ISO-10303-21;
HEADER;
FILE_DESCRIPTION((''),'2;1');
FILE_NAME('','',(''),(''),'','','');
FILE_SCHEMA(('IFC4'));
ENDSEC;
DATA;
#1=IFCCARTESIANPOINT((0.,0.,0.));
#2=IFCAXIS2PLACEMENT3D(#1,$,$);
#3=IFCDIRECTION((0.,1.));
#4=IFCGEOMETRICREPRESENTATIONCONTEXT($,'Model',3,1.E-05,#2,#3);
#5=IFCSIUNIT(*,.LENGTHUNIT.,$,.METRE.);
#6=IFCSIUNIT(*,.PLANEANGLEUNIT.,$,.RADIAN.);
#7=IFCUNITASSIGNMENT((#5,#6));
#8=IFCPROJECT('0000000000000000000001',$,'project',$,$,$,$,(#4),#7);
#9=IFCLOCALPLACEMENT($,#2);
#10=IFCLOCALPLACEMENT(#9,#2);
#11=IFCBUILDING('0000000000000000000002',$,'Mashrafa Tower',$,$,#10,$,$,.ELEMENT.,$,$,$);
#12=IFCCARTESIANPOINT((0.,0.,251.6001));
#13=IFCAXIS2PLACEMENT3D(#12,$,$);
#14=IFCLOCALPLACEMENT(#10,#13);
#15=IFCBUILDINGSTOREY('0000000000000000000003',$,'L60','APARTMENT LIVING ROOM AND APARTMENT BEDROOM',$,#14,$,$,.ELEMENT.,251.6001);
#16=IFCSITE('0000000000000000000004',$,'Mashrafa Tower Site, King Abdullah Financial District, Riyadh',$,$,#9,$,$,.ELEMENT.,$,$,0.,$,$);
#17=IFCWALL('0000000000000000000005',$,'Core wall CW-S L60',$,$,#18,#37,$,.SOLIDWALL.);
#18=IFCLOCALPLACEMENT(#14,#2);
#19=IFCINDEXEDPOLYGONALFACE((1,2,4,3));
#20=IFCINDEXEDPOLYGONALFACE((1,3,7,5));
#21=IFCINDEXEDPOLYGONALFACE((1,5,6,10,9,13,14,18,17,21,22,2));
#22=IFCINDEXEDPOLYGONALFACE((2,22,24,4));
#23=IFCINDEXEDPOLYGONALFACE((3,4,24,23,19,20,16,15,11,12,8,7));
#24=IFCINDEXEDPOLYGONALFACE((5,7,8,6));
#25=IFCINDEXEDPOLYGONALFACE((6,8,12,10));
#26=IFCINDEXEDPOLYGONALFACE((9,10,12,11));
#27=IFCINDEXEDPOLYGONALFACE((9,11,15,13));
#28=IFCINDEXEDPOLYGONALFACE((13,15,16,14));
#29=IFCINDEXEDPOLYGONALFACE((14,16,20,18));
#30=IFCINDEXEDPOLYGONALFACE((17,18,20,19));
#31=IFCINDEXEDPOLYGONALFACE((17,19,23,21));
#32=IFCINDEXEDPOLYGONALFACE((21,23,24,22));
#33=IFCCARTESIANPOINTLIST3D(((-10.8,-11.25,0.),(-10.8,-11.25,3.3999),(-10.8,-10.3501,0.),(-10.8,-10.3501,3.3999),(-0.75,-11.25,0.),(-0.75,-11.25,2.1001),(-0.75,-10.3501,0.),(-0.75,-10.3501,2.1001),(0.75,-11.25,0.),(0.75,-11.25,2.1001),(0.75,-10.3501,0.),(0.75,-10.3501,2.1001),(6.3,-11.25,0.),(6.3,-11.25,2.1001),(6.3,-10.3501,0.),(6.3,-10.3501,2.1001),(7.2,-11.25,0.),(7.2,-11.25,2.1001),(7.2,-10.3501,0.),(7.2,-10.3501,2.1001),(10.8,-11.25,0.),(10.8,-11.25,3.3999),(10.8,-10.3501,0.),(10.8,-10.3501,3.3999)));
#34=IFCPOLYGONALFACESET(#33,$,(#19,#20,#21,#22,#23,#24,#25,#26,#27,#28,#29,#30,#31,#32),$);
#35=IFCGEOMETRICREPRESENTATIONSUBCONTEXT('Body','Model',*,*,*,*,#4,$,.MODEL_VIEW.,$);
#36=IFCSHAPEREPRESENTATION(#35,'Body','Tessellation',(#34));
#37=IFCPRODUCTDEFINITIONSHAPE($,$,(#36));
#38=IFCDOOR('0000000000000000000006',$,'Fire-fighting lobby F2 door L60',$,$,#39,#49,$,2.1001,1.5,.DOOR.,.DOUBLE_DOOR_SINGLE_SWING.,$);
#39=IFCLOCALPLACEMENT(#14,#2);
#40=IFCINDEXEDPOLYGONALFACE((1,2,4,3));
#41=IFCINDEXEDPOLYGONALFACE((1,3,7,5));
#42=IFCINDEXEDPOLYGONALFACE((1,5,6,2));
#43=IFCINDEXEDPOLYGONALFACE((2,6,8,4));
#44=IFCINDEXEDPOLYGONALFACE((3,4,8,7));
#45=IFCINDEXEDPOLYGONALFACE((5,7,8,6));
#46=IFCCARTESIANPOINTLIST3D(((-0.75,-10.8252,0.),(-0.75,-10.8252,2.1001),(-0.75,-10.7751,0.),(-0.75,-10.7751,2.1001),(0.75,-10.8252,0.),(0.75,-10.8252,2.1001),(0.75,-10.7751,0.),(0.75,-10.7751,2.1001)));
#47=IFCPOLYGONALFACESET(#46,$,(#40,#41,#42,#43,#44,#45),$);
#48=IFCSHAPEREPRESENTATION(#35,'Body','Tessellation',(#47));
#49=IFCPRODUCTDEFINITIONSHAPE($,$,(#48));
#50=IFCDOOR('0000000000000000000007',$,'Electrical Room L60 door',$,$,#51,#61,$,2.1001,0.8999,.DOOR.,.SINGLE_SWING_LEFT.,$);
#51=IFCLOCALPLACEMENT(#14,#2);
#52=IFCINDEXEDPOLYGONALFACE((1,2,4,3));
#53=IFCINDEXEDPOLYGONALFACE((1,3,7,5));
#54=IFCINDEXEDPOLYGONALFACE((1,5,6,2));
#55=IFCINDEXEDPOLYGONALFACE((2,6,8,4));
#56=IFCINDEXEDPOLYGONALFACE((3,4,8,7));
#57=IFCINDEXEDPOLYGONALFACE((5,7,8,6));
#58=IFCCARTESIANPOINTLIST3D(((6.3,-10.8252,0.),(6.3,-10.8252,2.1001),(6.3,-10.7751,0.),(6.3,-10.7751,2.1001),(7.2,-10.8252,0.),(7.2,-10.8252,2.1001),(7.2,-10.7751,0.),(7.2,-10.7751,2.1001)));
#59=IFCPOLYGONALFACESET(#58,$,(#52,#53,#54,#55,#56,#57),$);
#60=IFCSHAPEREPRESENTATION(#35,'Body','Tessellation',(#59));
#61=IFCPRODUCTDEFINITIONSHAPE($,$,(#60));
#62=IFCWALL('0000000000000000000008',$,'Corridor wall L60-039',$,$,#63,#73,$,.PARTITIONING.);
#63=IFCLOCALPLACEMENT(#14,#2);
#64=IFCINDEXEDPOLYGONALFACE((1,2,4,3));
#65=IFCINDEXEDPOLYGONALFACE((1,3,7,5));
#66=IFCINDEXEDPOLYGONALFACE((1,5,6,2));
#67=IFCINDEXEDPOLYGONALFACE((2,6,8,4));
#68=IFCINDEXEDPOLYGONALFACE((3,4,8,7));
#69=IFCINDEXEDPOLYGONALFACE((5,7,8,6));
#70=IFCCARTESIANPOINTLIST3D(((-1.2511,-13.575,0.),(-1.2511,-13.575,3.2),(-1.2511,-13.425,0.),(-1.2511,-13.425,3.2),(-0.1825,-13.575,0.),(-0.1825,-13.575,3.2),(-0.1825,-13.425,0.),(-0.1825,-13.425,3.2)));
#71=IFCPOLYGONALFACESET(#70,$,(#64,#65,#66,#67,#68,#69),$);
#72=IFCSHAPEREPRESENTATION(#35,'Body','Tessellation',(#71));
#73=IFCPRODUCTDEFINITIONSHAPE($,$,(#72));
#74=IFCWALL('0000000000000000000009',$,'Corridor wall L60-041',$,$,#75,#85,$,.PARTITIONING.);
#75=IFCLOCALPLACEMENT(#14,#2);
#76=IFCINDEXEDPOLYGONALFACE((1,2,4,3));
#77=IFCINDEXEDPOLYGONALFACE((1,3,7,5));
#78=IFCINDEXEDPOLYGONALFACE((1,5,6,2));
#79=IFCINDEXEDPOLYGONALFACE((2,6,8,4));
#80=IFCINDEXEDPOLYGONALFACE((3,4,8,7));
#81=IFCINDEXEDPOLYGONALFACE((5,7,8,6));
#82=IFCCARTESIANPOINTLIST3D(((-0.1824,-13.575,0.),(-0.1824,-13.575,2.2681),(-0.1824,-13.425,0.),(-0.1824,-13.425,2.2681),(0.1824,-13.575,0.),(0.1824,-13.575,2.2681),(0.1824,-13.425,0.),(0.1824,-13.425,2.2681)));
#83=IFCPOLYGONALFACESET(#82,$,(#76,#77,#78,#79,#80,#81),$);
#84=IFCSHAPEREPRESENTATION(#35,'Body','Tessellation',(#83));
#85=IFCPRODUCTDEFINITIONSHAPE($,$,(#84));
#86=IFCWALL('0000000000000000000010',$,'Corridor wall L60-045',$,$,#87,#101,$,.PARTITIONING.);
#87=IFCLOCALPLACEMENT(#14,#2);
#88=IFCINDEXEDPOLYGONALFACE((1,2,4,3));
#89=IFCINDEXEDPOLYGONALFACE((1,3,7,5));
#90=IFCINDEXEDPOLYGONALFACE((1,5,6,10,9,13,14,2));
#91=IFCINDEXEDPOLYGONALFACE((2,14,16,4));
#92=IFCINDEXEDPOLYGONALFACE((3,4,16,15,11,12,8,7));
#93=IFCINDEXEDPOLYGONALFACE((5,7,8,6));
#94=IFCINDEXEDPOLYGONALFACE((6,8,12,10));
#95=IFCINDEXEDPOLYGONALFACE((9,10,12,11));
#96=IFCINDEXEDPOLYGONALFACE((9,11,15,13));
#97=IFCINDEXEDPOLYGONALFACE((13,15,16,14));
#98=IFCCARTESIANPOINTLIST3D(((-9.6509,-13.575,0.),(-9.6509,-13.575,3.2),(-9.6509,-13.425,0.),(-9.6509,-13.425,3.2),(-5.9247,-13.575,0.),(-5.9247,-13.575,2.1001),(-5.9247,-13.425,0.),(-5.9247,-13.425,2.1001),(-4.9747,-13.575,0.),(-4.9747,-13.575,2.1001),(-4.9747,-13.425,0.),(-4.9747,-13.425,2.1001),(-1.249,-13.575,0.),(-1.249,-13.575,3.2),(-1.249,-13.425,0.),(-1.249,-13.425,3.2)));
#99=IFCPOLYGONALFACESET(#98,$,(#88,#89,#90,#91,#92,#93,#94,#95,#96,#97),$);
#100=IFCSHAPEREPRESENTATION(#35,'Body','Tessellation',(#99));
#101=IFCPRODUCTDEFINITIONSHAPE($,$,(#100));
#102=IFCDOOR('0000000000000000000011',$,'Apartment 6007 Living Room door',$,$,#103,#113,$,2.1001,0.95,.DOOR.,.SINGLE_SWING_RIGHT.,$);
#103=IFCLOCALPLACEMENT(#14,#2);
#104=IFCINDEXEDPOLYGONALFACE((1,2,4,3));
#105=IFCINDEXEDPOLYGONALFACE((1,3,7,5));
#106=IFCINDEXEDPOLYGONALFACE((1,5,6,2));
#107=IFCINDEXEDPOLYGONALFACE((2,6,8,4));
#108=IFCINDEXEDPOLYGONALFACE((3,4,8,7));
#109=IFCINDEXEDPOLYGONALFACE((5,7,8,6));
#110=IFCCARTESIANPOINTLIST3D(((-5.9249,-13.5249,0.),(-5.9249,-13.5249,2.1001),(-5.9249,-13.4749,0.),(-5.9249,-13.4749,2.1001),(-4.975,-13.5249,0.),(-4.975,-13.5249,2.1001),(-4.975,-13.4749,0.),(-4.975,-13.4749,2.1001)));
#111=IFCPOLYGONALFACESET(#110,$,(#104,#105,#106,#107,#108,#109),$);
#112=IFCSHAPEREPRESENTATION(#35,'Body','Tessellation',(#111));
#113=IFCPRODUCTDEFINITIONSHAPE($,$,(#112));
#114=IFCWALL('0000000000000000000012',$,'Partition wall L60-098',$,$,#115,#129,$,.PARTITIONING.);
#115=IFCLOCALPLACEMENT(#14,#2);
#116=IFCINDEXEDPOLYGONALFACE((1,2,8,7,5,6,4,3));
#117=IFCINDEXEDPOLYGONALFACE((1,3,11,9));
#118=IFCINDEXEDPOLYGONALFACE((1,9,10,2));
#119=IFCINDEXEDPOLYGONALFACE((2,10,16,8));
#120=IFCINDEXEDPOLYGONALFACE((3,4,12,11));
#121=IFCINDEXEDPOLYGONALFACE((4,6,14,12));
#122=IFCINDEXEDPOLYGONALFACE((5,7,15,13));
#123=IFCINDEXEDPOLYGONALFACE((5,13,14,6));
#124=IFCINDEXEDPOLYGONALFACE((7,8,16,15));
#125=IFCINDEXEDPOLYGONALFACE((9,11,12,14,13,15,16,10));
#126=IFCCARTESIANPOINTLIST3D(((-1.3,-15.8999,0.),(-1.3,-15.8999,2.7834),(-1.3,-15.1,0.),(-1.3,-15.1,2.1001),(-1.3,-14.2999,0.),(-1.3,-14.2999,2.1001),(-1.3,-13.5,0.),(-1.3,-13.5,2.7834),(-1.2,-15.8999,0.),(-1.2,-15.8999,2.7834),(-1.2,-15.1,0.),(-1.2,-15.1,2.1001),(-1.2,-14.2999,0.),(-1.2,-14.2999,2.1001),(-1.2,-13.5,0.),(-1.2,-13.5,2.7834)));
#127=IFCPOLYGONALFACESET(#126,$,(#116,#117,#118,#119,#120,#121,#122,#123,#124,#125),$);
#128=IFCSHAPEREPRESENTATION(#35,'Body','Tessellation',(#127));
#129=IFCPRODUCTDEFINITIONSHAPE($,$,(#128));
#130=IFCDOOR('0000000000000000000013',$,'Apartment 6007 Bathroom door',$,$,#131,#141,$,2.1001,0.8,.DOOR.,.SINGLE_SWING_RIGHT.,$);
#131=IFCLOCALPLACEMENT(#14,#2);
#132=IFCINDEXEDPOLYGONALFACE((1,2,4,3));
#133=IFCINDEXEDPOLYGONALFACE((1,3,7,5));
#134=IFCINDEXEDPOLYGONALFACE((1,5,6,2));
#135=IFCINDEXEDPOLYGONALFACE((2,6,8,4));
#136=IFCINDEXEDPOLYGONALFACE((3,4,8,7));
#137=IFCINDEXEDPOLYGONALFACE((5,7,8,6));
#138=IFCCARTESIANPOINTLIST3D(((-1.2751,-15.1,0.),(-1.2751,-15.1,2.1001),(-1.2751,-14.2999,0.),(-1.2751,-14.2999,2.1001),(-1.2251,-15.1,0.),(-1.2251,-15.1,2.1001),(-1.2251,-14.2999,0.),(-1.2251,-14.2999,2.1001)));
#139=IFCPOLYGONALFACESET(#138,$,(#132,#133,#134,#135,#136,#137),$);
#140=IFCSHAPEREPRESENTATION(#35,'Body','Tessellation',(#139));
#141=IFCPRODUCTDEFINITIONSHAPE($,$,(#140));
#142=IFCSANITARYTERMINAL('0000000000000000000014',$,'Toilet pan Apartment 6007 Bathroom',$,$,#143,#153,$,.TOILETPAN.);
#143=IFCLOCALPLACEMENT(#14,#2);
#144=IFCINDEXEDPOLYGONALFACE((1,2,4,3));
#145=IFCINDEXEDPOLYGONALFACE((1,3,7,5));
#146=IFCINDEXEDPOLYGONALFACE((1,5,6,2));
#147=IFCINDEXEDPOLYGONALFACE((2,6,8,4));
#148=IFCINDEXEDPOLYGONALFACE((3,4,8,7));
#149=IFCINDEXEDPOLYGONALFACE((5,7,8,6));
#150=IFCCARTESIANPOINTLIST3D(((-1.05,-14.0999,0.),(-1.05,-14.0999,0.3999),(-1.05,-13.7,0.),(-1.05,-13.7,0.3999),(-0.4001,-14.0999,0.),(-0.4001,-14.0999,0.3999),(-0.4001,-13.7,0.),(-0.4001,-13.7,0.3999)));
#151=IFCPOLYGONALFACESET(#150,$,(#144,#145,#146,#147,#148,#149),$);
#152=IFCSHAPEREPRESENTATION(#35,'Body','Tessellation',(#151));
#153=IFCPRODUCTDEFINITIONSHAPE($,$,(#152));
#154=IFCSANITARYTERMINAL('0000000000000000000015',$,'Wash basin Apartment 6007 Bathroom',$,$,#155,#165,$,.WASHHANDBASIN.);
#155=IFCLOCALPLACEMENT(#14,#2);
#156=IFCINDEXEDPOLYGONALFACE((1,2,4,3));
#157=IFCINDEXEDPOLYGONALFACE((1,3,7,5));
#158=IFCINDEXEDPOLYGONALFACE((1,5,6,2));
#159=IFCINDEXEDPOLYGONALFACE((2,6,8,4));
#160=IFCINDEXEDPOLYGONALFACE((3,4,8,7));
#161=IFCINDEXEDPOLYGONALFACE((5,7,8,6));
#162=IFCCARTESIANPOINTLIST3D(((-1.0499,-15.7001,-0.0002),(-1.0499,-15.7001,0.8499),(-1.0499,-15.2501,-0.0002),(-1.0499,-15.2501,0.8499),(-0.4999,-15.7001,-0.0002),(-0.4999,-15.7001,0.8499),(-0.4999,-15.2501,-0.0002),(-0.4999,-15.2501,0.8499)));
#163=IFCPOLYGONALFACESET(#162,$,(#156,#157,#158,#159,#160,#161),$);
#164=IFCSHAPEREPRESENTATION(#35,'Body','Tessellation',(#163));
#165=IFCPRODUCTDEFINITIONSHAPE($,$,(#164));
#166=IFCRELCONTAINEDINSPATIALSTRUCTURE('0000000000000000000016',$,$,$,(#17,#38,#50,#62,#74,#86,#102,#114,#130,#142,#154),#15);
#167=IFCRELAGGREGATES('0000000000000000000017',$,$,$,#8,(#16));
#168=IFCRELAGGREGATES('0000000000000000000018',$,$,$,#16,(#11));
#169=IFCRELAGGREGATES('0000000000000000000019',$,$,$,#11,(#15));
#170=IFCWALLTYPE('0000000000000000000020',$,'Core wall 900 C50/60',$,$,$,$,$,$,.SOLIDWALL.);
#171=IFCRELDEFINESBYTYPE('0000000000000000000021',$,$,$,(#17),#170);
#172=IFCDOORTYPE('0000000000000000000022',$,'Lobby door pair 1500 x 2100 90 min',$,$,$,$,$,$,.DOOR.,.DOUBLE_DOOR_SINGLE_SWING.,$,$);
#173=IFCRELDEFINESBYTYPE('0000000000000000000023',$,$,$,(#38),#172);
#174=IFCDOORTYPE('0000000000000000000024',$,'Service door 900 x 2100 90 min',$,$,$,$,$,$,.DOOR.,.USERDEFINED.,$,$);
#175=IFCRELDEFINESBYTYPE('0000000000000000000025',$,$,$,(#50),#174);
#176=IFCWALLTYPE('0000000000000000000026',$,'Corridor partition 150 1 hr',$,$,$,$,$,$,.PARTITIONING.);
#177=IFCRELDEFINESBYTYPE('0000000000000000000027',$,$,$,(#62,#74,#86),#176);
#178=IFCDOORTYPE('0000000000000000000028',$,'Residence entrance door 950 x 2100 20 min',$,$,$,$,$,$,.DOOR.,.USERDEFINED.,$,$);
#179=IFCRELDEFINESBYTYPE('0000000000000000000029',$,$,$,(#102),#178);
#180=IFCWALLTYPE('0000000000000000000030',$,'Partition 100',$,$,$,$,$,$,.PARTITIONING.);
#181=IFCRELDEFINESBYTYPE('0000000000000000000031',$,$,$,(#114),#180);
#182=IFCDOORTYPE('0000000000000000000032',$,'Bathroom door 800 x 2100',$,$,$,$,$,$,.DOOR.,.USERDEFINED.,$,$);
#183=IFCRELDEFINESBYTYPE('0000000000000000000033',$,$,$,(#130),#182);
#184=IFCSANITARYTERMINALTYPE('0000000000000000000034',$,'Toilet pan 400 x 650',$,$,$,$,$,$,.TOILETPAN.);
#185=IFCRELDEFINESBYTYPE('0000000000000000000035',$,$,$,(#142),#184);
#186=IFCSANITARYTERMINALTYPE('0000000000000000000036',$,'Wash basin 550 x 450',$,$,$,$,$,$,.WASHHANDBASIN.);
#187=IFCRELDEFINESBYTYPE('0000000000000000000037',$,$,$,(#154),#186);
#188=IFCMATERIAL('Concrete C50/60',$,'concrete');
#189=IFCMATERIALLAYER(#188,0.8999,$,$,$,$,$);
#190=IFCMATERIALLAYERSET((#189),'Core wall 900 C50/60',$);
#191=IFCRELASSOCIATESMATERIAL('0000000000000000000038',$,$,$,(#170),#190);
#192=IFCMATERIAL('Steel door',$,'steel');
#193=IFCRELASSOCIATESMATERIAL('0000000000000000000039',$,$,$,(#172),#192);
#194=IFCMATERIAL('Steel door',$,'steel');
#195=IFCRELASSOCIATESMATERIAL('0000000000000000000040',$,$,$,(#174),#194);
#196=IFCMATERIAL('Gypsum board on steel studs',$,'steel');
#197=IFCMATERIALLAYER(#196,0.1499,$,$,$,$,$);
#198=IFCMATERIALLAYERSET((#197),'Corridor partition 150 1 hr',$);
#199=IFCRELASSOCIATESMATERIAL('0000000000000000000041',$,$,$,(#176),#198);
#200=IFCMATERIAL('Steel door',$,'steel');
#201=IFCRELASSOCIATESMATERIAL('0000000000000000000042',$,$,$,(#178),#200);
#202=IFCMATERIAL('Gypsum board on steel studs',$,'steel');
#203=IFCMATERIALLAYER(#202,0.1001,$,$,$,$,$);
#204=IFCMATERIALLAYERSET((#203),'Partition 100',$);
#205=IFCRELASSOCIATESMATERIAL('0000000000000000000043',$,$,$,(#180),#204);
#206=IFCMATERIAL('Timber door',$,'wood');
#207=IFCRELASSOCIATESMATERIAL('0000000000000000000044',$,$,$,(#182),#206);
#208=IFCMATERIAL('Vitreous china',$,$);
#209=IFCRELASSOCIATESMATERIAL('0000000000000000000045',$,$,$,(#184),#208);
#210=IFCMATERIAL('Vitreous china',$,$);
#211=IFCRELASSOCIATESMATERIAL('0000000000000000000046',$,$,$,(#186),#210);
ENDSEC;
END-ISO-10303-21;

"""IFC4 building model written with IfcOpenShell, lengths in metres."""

from ifc_helpers import new_model, si_unit, direction, frame, frame_2d, origin, origin_2d, place, context, subcontext, project, spatial, rectangle, extrude, material, layer, layer_set, type_object, element, fill, save


model = new_model("IFC4")

# Units and contexts
model_context = context("Model", 3, precision=1e-05, world=origin(), true_north=direction((0.0, 1.0)))
body_context = subcontext(model_context, "Body", "Model", "MODEL_VIEW")
ifc_project = project(units=[si_unit("LENGTHUNIT", "METRE"), si_unit("PLANEANGLEUNIT", "RADIAN")], contexts=[model_context])

# Site, building, storey
site_placement = place(None, origin())
site = spatial("IfcSite", under=ifc_project, at=site_placement, Name="Mashrafa Tower Site, King Abdullah Financial District, Riyadh", CompositionType="ELEMENT", RefElevation=0.0)
building_placement = place(site_placement, origin())
building = spatial("IfcBuilding", under=site, at=building_placement, Name="Mashrafa Tower", CompositionType="ELEMENT")
storey_placement = place(building_placement, frame((0.0, 0.0, 251.6001)))
storey = spatial("IfcBuildingStorey", under=building, at=storey_placement, Name="L60", Description="APARTMENT LIVING ROOM AND APARTMENT BEDROOM", CompositionType="ELEMENT", Elevation=251.6001)

# Wall, openings, doors
ifc_material_1 = material(Name="Concrete C50/60", Category="concrete")
ifc_layer_1 = layer(ifc_material_1, 0.8999)
ifc_layer_set_1 = layer_set([ifc_layer_1], Name="Core wall 900 C50/60")
wall_type_1 = type_object("IfcWallType", Name="Core wall 900 C50/60", PredefinedType="SOLIDWALL", material=ifc_layer_set_1)
wall_1_placement = place(storey_placement, frame((-10.8, -10.8, 0.0), z_axis=(0.0, 0.0, 1.0), x_axis=(1.0, 0.0, 0.0)))
wall_1 = element("IfcWall", 1, at=wall_1_placement, inside=storey, type_object=wall_type_1, Name="Core wall CW-S L60", PredefinedType="SOLIDWALL", context=body_context, shape_type="SweptSolid", body=[
    extrude(rectangle(XDim=21.6001, YDim=0.8999, at=frame_2d((10.8, 0.0))), origin(), (0.0, 0.0, 1.0), 3.3999),
])
opening_1_placement = place(wall_1_placement, frame((10.05, 0.0, 0.0)))
opening_1 = element("IfcOpeningElement", 2, at=opening_1_placement, cuts=wall_1, PredefinedType="OPENING", context=body_context, shape_type="SweptSolid", body=[
    extrude(rectangle(XDim=1.5, YDim=2.1001, at=frame_2d((0.75, 1.05))), frame((0.0, 0.46, 0.0), z_axis=(0.0, -1.0, 0.0), x_axis=(1.0, 0.0, 0.0)), (0.0, 0.0, 1.0), 0.9199),
])
opening_2_placement = place(wall_1_placement, frame((17.1001, 0.0, 0.0)))
opening_2 = element("IfcOpeningElement", 3, at=opening_2_placement, cuts=wall_1, PredefinedType="OPENING", context=body_context, shape_type="SweptSolid", body=[
    extrude(rectangle(XDim=0.8999, YDim=2.1001, at=frame_2d((0.45, 1.05))), frame((0.0, 0.46, 0.0), z_axis=(0.0, -1.0, 0.0), x_axis=(1.0, 0.0, 0.0)), (0.0, 0.0, 1.0), 0.9199),
])
ifc_material_2 = material(Name="Steel door", Category="steel")
door_type_1 = type_object("IfcDoorType", Name="Lobby door pair 1500 x 2100 90 min", OperationType="DOUBLE_DOOR_SINGLE_SWING", PredefinedType="DOOR", material=ifc_material_2)
door_1_placement = place(opening_1_placement, origin())
door_1 = element("IfcDoor", 4, at=door_1_placement, inside=storey, type_object=door_type_1, Name="Fire-fighting lobby F2 door L60", OperationType="DOUBLE_DOOR_SINGLE_SWING", OverallHeight=2.1001, OverallWidth=1.5, PredefinedType="DOOR", context=body_context, shape_type="SweptSolid", body=[
    extrude(rectangle(XDim=1.5, YDim=2.1001, at=frame_2d((0.75, 1.05))), frame((0.0, 0.0249, 0.0), z_axis=(0.0, -1.0, 0.0), x_axis=(1.0, 0.0, 0.0)), (0.0, 0.0, 1.0), 0.05),
])
fill(opening_1, door_1)
ifc_material_3 = material(Name="Steel door", Category="steel")
door_type_2 = type_object("IfcDoorType", Name="Service door 900 x 2100 90 min", OperationType="USERDEFINED", PredefinedType="DOOR", material=ifc_material_3)
door_2_placement = place(opening_2_placement, origin())
door_2 = element("IfcDoor", 5, at=door_2_placement, inside=storey, type_object=door_type_2, Name="Electrical Room L60 door", OperationType="SINGLE_SWING_LEFT", OverallHeight=2.1001, OverallWidth=0.8999, PredefinedType="DOOR", context=body_context, shape_type="SweptSolid", body=[
    extrude(rectangle(XDim=0.8999, YDim=2.1001, at=frame_2d((0.45, 1.05))), frame((0.0, 0.0249, 0.0), z_axis=(0.0, -1.0, 0.0), x_axis=(1.0, 0.0, 0.0)), (0.0, 0.0, 1.0), 0.05),
])
fill(opening_2, door_2)

# Walls
ifc_material_4 = material(Name="Gypsum board on steel studs", Category="steel")
ifc_layer_2 = layer(ifc_material_4, 0.1499)
ifc_layer_set_2 = layer_set([ifc_layer_2], Name="Corridor partition 150 1 hr")
wall_type_2 = type_object("IfcWallType", Name="Corridor partition 150 1 hr", PredefinedType="PARTITIONING", material=ifc_layer_set_2)
wall_2_placement = place(storey_placement, frame((-1.251, -13.5, 0.0), z_axis=(0.0, 0.0, 1.0), x_axis=(1.0, 0.0, 0.0)))
element("IfcWall", 6, at=wall_2_placement, inside=storey, type_object=wall_type_2, Name="Corridor wall L60-039", PredefinedType="PARTITIONING", context=body_context, shape_type="SweptSolid", body=[
    extrude(rectangle(XDim=1.0686, YDim=0.1499, at=frame_2d((0.5342, 0.0))), origin(), (0.0, 0.0, 1.0), 3.2),
])
wall_3_placement = place(storey_placement, frame((-0.1824, -13.5, 0.0), z_axis=(0.0, 0.0, 1.0), x_axis=(1.0, 0.0, 0.0)))
element("IfcWall", 7, at=wall_3_placement, inside=storey, type_object=wall_type_2, Name="Corridor wall L60-041", PredefinedType="PARTITIONING", context=body_context, shape_type="SweptSolid", body=[
    extrude(rectangle(XDim=0.3647, YDim=0.1499, at=frame_2d((0.1824, 0.0))), origin(), (0.0, 0.0, 1.0), 2.2681),
])

# Walls, openings, doors
wall_4_placement = place(storey_placement, frame((-9.6509, -13.5, 0.0), z_axis=(0.0, 0.0, 1.0), x_axis=(1.0, 0.0, 0.0)))
wall_4 = element("IfcWall", 8, at=wall_4_placement, inside=storey, type_object=wall_type_2, Name="Corridor wall L60-045", PredefinedType="PARTITIONING", context=body_context, shape_type="SweptSolid", body=[
    extrude(rectangle(XDim=8.4019, YDim=0.1499, at=frame_2d((4.2009, 0.0))), origin(), (0.0, 0.0, 1.0), 3.2),
])
opening_3_placement = place(wall_4_placement, frame((3.7261, 0.0, 0.0)))
opening_3 = element("IfcOpeningElement", 9, at=opening_3_placement, cuts=wall_4, PredefinedType="OPENING", context=body_context, shape_type="SweptSolid", body=[
    extrude(rectangle(XDim=0.95, YDim=2.1001, at=frame_2d((0.4751, 1.05))), frame((0.0, 0.085, 0.0), z_axis=(0.0, -1.0, 0.0), x_axis=(1.0, 0.0, 0.0)), (0.0, 0.0, 1.0), 0.1699),
])
ifc_material_5 = material(Name="Steel door", Category="steel")
door_type_3 = type_object("IfcDoorType", Name="Residence entrance door 950 x 2100 20 min", OperationType="USERDEFINED", PredefinedType="DOOR", material=ifc_material_5)
door_3_placement = place(opening_3_placement, frame((0.95, 0.0, 0.0), z_axis=(0.0, 0.0, 1.0), x_axis=(-1.0, 0.0, 0.0)))
door_3 = element("IfcDoor", 10, at=door_3_placement, inside=storey, type_object=door_type_3, Name="Apartment 6007 Living Room door", OperationType="SINGLE_SWING_RIGHT", OverallHeight=2.1001, OverallWidth=0.95, PredefinedType="DOOR", context=body_context, shape_type="SweptSolid", body=[
    extrude(rectangle(XDim=0.95, YDim=2.1001, at=frame_2d((0.4751, 1.05))), frame((0.0, 0.0249, 0.0), z_axis=(0.0, -1.0, 0.0), x_axis=(1.0, 0.0, 0.0)), (0.0, 0.0, 1.0), 0.05),
])
fill(opening_3, door_3)
ifc_material_6 = material(Name="Gypsum board on steel studs", Category="steel")
ifc_layer_3 = layer(ifc_material_6, 0.1001)
ifc_layer_set_3 = layer_set([ifc_layer_3], Name="Partition 100")
wall_type_3 = type_object("IfcWallType", Name="Partition 100", PredefinedType="PARTITIONING", material=ifc_layer_set_3)
wall_5_placement = place(storey_placement, frame((-1.25, -13.5, 0.0), z_axis=(0.0, 0.0, 1.0), x_axis=(0.0, -1.0, 0.0)))
wall_5 = element("IfcWall", 11, at=wall_5_placement, inside=storey, type_object=wall_type_3, Name="Partition wall L60-098", PredefinedType="PARTITIONING", context=body_context, shape_type="SweptSolid", body=[
    extrude(rectangle(XDim=2.3999, YDim=0.1001, at=frame_2d((1.2, 0.0))), origin(), (0.0, 0.0, 1.0), 2.7834),
])
opening_4_placement = place(wall_5_placement, frame((0.8, 0.0, 0.0)))
opening_4 = element("IfcOpeningElement", 12, at=opening_4_placement, cuts=wall_5, PredefinedType="OPENING", context=body_context, shape_type="SweptSolid", body=[
    extrude(rectangle(XDim=0.8, YDim=2.1001, at=frame_2d((0.3999, 1.05))), frame((0.0, 0.0601, 0.0), z_axis=(0.0, -1.0, 0.0), x_axis=(1.0, 0.0, 0.0)), (0.0, 0.0, 1.0), 0.1201),
])
ifc_material_7 = material(Name="Timber door", Category="wood")
door_type_4 = type_object("IfcDoorType", Name="Bathroom door 800 x 2100", OperationType="USERDEFINED", PredefinedType="DOOR", material=ifc_material_7)
door_4_placement = place(opening_4_placement, origin())
door_4 = element("IfcDoor", 13, at=door_4_placement, inside=storey, type_object=door_type_4, Name="Apartment 6007 Bathroom door", OperationType="SINGLE_SWING_RIGHT", OverallHeight=2.1001, OverallWidth=0.8, PredefinedType="DOOR", context=body_context, shape_type="SweptSolid", body=[
    extrude(rectangle(XDim=0.8, YDim=2.1001, at=frame_2d((0.3999, 1.05))), frame((0.0, 0.0249, 0.0), z_axis=(0.0, -1.0, 0.0), x_axis=(1.0, 0.0, 0.0)), (0.0, 0.0, 1.0), 0.05),
])
fill(opening_4, door_4)

# Sanitary terminals
ifc_material_8 = material(Name="Vitreous china")
sanitary_terminal_type_1 = type_object("IfcSanitaryTerminalType", Name="Toilet pan 400 x 650", PredefinedType="TOILETPAN", material=ifc_material_8)
sanitary_terminal_1_placement = place(storey_placement, frame((-0.7251, -13.8999, 0.0), z_axis=(0.0, 0.0, 1.0), x_axis=(0.0, -1.0, 0.0)))
element("IfcSanitaryTerminal", 14, at=sanitary_terminal_1_placement, inside=storey, type_object=sanitary_terminal_type_1, Name="Toilet pan Apartment 6007 Bathroom", PredefinedType="TOILETPAN", context=body_context, shape_type="SweptSolid", body=[
    extrude(rectangle(XDim=0.3999, YDim=0.6499, at=origin_2d()), origin(), (0.0, 0.0, 1.0), 0.3999),
])
ifc_material_9 = material(Name="Vitreous china")
sanitary_terminal_type_2 = type_object("IfcSanitaryTerminalType", Name="Wash basin 550 x 450", PredefinedType="WASHHANDBASIN", material=ifc_material_9)
sanitary_terminal_2_placement = place(storey_placement, frame((-0.7749, -15.4751, -0.0002), z_axis=(0.0, 0.0, 1.0), x_axis=(1.0, 0.0, 0.0)))
element("IfcSanitaryTerminal", 15, at=sanitary_terminal_2_placement, inside=storey, type_object=sanitary_terminal_type_2, Name="Wash basin Apartment 6007 Bathroom", PredefinedType="WASHHANDBASIN", context=body_context, shape_type="SweptSolid", body=[
    extrude(rectangle(XDim=0.55, YDim=0.45, at=origin_2d()), origin(), (0.0, 0.0, 1.0), 0.8501),
])

save(model, "model.ifc")
